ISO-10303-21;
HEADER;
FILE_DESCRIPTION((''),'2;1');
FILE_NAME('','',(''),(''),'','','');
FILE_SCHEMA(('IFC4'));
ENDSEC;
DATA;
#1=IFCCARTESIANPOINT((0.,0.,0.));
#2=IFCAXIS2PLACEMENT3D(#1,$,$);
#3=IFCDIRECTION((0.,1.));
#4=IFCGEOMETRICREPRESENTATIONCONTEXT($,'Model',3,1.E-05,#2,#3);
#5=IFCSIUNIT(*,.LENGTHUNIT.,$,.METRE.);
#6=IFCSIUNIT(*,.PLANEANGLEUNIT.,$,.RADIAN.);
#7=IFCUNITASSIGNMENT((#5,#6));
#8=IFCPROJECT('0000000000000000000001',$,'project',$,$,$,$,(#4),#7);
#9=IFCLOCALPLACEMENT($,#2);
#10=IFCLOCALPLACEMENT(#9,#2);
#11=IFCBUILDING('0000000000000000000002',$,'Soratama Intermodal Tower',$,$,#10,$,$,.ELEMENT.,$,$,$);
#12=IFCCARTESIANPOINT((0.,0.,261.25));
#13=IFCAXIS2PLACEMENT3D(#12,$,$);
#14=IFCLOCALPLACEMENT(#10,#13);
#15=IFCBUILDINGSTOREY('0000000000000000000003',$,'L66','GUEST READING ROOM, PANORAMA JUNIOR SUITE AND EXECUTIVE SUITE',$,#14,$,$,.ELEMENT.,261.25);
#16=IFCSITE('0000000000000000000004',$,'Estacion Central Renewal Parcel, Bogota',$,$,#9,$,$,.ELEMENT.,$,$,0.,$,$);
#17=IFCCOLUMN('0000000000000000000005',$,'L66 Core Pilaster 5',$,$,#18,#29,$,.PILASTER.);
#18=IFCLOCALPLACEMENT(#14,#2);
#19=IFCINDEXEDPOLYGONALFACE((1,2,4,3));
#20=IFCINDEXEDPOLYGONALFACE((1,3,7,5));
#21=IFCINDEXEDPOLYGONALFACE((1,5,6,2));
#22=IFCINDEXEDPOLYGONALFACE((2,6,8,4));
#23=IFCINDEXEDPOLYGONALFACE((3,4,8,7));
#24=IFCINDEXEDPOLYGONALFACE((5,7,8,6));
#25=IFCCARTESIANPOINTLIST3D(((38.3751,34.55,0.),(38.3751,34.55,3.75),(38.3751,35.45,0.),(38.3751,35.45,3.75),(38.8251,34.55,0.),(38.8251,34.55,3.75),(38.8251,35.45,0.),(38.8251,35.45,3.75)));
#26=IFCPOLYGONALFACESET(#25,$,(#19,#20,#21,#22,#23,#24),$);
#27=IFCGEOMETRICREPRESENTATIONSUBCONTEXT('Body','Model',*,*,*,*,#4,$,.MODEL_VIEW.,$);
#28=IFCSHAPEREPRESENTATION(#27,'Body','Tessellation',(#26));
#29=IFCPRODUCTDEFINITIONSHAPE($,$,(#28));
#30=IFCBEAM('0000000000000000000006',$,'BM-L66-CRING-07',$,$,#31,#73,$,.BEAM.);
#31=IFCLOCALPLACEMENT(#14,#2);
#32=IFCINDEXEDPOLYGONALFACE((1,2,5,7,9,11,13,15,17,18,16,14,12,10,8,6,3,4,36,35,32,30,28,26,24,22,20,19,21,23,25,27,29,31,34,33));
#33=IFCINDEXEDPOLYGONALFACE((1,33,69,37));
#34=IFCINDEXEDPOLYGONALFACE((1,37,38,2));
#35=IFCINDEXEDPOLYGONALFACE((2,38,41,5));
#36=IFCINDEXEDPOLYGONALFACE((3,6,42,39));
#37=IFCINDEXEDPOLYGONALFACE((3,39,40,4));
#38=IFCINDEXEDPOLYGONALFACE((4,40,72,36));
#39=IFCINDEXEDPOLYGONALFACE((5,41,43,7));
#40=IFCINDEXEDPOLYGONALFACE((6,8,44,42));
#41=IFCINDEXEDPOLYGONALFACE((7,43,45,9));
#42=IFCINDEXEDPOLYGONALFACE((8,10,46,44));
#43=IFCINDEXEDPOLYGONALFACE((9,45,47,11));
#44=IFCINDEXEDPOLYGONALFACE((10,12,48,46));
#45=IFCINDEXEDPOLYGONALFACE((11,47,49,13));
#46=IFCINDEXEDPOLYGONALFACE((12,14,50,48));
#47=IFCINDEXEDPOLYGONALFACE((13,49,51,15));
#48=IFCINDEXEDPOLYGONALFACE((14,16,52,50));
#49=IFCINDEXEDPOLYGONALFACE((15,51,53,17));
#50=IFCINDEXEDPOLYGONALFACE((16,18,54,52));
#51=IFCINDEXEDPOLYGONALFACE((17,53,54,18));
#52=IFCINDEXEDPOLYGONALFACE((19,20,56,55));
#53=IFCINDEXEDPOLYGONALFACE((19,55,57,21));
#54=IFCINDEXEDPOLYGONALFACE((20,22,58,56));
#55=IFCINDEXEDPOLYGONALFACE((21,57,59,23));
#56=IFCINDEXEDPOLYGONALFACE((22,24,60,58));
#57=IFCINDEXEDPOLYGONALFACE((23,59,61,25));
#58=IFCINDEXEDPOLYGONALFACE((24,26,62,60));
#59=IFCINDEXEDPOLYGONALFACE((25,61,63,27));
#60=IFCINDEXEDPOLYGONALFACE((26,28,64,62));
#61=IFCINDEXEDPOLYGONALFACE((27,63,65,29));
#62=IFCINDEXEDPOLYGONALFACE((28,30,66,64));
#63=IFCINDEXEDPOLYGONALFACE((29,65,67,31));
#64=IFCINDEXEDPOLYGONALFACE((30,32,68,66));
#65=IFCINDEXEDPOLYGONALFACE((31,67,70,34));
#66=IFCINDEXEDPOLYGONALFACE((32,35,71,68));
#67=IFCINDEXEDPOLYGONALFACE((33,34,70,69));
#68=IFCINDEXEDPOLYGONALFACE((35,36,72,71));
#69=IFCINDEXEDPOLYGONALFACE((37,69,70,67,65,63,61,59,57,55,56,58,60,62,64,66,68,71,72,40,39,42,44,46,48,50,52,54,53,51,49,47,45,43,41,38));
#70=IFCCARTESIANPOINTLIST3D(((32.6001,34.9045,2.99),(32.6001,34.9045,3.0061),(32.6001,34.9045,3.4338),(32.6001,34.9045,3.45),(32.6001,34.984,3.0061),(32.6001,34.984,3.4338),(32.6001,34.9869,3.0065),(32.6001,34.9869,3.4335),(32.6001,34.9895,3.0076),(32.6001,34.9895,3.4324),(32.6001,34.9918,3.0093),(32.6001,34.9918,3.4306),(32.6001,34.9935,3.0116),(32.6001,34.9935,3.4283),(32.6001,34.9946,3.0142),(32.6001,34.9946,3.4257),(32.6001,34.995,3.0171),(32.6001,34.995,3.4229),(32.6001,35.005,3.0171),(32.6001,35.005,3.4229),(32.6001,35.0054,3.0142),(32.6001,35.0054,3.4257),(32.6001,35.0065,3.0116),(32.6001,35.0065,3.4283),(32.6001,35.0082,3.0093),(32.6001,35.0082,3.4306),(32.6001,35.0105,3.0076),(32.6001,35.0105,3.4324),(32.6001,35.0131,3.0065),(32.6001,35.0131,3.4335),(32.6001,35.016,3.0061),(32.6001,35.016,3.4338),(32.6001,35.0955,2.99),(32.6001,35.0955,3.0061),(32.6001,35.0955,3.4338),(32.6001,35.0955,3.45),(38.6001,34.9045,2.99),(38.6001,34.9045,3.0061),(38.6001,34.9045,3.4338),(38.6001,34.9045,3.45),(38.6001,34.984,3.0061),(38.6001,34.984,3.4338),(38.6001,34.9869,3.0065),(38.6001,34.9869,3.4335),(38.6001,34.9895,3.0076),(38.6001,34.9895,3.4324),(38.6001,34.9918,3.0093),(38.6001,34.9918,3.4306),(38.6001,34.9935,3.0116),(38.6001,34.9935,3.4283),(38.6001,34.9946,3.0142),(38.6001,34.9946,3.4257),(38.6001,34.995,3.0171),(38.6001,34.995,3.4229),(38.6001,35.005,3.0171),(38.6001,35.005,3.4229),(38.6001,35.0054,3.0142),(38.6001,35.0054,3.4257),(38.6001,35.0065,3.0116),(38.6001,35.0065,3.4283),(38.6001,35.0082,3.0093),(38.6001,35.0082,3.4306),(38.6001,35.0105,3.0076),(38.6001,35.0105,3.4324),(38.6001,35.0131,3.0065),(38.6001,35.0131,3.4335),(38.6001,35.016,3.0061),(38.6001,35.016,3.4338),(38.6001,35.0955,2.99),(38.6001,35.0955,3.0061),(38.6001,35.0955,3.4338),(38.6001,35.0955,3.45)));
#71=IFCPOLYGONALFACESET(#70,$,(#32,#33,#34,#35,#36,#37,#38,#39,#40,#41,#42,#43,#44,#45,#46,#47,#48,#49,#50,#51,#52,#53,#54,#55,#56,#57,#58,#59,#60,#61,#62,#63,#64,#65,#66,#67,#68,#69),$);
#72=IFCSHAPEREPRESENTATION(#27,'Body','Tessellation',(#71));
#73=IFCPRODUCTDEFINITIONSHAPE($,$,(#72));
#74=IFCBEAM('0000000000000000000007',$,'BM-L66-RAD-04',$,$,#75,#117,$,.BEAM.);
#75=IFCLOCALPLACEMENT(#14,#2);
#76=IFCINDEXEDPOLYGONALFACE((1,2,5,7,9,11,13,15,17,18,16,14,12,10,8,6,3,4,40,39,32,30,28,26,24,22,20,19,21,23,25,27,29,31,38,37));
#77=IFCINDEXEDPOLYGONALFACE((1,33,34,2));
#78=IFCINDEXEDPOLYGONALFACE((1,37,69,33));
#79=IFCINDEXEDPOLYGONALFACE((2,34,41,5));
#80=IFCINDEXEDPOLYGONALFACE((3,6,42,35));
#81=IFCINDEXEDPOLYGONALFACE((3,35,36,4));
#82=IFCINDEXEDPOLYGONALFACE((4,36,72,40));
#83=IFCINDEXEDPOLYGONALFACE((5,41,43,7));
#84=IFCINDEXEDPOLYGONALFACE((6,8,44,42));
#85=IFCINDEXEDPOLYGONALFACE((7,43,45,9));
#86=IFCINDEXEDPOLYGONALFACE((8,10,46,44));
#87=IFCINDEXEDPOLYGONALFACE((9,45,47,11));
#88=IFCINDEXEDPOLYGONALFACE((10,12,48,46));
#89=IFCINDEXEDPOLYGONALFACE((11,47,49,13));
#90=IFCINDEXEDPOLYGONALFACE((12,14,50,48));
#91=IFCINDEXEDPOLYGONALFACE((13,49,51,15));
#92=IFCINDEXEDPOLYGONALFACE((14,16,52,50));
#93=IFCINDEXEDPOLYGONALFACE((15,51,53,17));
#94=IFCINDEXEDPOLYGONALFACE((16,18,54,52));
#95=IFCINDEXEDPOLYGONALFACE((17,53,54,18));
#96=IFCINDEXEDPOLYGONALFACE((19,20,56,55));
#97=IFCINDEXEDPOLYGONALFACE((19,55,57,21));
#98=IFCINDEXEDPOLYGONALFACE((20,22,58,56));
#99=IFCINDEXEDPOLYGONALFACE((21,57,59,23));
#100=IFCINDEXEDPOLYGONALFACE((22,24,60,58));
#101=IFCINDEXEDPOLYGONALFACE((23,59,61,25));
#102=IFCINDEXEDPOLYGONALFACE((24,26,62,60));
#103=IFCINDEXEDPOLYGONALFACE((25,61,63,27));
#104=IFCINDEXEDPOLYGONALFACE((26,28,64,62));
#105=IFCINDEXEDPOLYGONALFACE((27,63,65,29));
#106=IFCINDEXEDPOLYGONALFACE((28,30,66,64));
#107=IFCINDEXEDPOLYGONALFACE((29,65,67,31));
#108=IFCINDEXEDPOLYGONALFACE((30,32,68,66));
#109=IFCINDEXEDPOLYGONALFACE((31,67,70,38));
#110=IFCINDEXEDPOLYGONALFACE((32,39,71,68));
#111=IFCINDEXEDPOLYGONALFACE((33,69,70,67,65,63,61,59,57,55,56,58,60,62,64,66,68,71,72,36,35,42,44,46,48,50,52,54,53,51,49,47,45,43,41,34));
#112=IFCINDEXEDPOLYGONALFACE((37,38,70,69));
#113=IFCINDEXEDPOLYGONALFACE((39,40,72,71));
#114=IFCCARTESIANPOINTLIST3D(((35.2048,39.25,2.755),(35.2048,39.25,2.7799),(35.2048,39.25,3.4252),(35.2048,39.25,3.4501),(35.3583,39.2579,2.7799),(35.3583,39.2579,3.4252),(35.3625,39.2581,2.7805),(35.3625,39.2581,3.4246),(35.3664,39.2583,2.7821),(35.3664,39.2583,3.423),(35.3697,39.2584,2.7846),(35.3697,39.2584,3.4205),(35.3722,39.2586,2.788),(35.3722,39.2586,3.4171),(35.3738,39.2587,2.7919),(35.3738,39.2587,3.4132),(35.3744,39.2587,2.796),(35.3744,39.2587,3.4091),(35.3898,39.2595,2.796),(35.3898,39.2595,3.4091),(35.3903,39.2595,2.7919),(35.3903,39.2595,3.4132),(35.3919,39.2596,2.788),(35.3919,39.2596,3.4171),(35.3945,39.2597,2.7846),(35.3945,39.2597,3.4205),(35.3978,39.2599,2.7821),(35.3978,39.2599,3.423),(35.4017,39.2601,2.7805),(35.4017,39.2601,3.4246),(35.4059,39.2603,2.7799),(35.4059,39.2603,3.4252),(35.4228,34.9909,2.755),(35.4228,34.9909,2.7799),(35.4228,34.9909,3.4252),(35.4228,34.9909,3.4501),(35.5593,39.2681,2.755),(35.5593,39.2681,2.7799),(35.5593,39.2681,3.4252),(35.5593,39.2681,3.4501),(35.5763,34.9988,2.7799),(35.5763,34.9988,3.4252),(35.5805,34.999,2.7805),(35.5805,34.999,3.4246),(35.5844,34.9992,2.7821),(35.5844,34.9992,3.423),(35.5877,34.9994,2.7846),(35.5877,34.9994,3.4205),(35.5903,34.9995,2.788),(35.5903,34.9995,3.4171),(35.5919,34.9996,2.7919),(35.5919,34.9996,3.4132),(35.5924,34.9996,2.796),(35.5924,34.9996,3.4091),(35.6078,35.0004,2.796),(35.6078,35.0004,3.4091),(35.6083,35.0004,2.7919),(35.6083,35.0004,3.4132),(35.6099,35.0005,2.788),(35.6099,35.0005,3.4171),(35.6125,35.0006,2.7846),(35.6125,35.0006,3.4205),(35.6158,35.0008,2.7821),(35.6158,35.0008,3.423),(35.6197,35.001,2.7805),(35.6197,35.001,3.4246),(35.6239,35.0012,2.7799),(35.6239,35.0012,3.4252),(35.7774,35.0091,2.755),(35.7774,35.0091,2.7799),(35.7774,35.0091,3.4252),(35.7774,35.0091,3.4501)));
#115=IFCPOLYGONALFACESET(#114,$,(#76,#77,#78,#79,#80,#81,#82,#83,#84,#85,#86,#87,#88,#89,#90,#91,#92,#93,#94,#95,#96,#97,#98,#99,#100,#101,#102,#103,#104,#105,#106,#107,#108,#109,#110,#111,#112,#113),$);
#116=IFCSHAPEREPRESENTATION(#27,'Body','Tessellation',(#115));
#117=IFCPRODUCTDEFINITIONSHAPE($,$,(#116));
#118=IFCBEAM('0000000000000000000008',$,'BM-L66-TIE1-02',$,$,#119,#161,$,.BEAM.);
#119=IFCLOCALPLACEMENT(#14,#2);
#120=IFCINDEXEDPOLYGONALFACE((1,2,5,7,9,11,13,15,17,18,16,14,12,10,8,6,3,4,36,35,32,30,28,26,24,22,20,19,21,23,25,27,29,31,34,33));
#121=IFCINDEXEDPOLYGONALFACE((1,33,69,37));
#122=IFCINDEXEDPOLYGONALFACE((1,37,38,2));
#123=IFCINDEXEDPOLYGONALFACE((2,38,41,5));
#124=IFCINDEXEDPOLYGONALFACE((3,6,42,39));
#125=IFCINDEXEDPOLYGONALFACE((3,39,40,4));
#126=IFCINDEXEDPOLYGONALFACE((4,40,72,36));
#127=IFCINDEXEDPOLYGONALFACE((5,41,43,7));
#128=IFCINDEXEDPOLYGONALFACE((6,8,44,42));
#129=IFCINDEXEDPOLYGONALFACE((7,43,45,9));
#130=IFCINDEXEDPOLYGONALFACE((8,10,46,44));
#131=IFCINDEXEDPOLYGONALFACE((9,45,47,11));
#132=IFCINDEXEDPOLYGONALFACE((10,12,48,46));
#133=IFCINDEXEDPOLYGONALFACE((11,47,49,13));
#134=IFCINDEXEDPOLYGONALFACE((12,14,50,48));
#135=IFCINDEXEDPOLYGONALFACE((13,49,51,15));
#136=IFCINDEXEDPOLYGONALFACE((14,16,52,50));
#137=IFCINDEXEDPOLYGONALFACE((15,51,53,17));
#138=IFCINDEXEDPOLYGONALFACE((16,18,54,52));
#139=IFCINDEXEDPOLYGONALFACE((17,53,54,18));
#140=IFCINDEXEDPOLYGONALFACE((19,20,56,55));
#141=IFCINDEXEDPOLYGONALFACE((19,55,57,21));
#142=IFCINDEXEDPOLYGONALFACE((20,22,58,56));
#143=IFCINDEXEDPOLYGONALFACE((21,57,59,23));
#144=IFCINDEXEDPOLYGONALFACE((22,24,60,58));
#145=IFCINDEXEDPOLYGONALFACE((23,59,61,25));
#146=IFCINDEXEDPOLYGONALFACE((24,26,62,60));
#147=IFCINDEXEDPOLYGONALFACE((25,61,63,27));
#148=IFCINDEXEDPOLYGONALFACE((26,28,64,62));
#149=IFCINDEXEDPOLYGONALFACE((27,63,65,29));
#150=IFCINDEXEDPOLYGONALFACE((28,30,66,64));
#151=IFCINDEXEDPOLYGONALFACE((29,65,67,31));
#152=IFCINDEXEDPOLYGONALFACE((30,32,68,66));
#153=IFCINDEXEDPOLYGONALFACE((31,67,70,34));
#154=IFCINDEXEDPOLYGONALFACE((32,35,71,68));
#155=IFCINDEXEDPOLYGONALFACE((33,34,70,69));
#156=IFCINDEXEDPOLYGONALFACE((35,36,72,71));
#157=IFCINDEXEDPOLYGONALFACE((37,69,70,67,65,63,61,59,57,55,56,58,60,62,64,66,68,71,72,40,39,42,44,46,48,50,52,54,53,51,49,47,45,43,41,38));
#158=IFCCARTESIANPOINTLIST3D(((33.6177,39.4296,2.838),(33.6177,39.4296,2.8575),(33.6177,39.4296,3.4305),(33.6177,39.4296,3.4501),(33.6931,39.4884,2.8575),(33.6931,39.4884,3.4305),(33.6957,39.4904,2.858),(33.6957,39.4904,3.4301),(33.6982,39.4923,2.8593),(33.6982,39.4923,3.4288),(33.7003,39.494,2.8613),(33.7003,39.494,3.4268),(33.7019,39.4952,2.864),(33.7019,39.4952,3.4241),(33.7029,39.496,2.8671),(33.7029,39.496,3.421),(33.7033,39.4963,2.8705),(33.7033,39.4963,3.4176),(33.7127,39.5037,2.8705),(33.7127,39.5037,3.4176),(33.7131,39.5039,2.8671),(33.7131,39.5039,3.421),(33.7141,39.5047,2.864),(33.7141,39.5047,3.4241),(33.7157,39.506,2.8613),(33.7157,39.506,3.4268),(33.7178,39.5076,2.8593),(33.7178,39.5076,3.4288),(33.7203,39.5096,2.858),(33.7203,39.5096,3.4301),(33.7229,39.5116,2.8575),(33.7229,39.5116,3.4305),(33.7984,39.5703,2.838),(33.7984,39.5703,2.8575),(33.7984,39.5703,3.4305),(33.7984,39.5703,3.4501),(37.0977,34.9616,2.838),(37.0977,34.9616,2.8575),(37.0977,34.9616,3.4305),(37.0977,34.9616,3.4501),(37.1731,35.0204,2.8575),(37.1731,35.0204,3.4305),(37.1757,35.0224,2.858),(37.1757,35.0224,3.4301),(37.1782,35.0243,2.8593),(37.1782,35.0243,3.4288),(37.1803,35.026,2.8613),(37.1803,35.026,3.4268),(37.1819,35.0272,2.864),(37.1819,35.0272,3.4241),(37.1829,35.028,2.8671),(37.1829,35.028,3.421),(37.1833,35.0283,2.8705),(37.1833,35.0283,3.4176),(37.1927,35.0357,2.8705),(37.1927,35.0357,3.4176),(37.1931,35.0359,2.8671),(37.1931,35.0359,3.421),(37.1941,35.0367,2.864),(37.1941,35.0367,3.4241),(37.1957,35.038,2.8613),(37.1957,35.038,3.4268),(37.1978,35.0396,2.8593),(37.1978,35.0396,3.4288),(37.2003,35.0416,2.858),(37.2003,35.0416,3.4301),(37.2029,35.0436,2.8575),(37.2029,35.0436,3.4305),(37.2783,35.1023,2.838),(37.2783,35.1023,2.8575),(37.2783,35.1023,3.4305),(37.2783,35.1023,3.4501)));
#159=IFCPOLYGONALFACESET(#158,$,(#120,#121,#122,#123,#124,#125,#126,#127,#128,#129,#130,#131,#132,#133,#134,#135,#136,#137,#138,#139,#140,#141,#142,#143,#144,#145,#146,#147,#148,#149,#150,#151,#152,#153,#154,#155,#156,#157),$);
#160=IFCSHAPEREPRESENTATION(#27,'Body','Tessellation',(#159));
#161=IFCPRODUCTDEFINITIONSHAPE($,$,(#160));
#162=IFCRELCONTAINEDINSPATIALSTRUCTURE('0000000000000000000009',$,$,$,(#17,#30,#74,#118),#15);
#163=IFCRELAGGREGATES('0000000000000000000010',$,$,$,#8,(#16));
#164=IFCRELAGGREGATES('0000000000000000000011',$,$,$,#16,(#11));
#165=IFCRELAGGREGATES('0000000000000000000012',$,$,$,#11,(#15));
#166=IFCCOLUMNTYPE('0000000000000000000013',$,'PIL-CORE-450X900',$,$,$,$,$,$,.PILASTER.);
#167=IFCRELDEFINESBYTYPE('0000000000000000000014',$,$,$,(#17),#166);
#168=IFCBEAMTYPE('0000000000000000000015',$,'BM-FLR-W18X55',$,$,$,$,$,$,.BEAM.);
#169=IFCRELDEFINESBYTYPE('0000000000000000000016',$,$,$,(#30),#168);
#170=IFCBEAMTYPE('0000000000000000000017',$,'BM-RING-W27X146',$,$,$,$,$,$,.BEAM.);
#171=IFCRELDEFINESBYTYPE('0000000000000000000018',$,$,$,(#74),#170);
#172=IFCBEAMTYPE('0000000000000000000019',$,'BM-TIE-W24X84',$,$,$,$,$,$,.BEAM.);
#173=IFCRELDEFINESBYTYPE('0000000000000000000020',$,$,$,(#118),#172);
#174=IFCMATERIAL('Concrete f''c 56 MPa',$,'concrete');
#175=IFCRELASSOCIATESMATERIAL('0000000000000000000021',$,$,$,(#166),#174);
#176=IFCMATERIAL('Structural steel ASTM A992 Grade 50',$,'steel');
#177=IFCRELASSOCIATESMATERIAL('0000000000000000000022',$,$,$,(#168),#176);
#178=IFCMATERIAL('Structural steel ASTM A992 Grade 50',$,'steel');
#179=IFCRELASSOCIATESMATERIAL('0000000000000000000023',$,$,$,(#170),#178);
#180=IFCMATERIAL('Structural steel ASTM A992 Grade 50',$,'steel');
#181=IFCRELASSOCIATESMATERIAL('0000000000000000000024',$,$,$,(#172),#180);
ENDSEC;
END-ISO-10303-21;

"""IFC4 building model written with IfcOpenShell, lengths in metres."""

from ifc_helpers import new_model, si_unit, direction, frame, origin, origin_2d, place, context, subcontext, project, spatial, rectangle, i_section, extrude, material, material_profile, profile_set, type_object, element, save


model = new_model("IFC4")

# Units and contexts
model_context = context("Model", 3, precision=1e-05, world=origin(), true_north=direction((0.0, 1.0)))
body_context = subcontext(model_context, "Body", "Model", "MODEL_VIEW")
ifc_project = project(units=[si_unit("LENGTHUNIT", "METRE"), si_unit("PLANEANGLEUNIT", "RADIAN")], contexts=[model_context])

# Site, building, storey
site_placement = place(None, origin())
site = spatial("IfcSite", under=ifc_project, at=site_placement, Name="Estacion Central Renewal Parcel, Bogota", CompositionType="ELEMENT", RefElevation=0.0)
building_placement = place(site_placement, origin())
building = spatial("IfcBuilding", under=site, at=building_placement, Name="Soratama Intermodal Tower", CompositionType="ELEMENT")
storey_placement = place(building_placement, frame((0.0, 0.0, 261.25)))
storey = spatial("IfcBuildingStorey", under=building, at=storey_placement, Name="L66", Description="GUEST READING ROOM, PANORAMA JUNIOR SUITE AND EXECUTIVE SUITE", CompositionType="ELEMENT", Elevation=261.25)

# Column
ifc_material_1 = material(Name="Concrete f'c 56 MPa", Category="concrete")
ifc_material_profile_1 = material_profile(ifc_material_1, rectangle(XDim=0.45, YDim=0.8999, at=origin_2d()), Name="RC450X900")
ifc_profile_set_1 = profile_set([ifc_material_profile_1], Name="Concrete f'c 56 MPa")
column_type = type_object("IfcColumnType", Name="PIL-CORE-450X900", PredefinedType="PILASTER", material=ifc_profile_set_1)
column_placement = place(storey_placement, frame((38.6001, 35.0, 0.0), z_axis=(0.0, 0.0, 1.0), x_axis=(1.0, 0.0, 0.0)))
element("IfcColumn", 1, at=column_placement, inside=storey, type_object=column_type, Name="L66 Core Pilaster 5", PredefinedType="PILASTER", context=body_context, shape_type="SweptSolid", body=[
    extrude(rectangle(XDim=0.45, YDim=0.8999, at=origin_2d()), origin(), (0.0, 0.0, 1.0), 3.75),
])

# Beams
ifc_material_2 = material(Name="Structural steel ASTM A992 Grade 50", Category="steel")
ifc_material_profile_2 = material_profile(ifc_material_2, i_section(OverallWidth=0.1909, OverallDepth=0.46, WebThickness=0.01, FlangeThickness=0.0161, FilletRadius=0.011, at=origin_2d()), Name="W18X55")
ifc_profile_set_2 = profile_set([ifc_material_profile_2], Name="Structural steel ASTM A992 Grade 50")
beam_type_1 = type_object("IfcBeamType", Name="BM-FLR-W18X55", PredefinedType="BEAM", material=ifc_profile_set_2)
beam_1_placement = place(storey_placement, frame((38.6001, 35.0, 3.22), z_axis=(-1.0, 0.0, 0.0), x_axis=(0.0, -1.0, 0.0)))
element("IfcBeam", 2, at=beam_1_placement, inside=storey, type_object=beam_type_1, Name="BM-L66-CRING-07", PredefinedType="BEAM", context=body_context, shape_type="SweptSolid", body=[
    extrude(i_section(OverallWidth=0.1909, OverallDepth=0.46, WebThickness=0.01, FlangeThickness=0.0161, FilletRadius=0.011, at=origin_2d()), origin(), (0.0, 0.0, 1.0), 6.0),
])
ifc_material_3 = material(Name="Structural steel ASTM A992 Grade 50", Category="steel")
ifc_material_profile_3 = material_profile(ifc_material_3, i_section(OverallWidth=0.355, OverallDepth=0.6951, WebThickness=0.0154, FlangeThickness=0.0249, FilletRadius=0.0161, at=origin_2d()), Name="W27X146")
ifc_profile_set_3 = profile_set([ifc_material_profile_3], Name="Structural steel ASTM A992 Grade 50")
beam_type_2 = type_object("IfcBeamType", Name="BM-RING-W27X146", PredefinedType="BEAM", material=ifc_profile_set_3)
beam_2_placement = place(storey_placement, frame((35.6001, 35.0, 3.1025), z_axis=(-0.051123, 0.998692, 0.0), x_axis=(-0.998692, -0.051123, 0.0)))
element("IfcBeam", 3, at=beam_2_placement, inside=storey, type_object=beam_type_2, Name="BM-L66-RAD-04", PredefinedType="BEAM", context=body_context, shape_type="SweptSolid", body=[
    extrude(i_section(OverallWidth=0.355, OverallDepth=0.6951, WebThickness=0.0154, FlangeThickness=0.0249, FilletRadius=0.0161, at=origin_2d()), origin(), (0.0, 0.0, 1.0), 4.2646),
])
ifc_material_4 = material(Name="Structural steel ASTM A992 Grade 50", Category="steel")
ifc_material_profile_4 = material_profile(ifc_material_4, i_section(OverallWidth=0.229, OverallDepth=0.6121, WebThickness=0.012, FlangeThickness=0.0195, FilletRadius=0.0129, at=origin_2d()), Name="W24X84")
ifc_profile_set_4 = profile_set([ifc_material_profile_4], Name="Structural steel ASTM A992 Grade 50")
beam_type_3 = type_object("IfcBeamType", Name="BM-TIE-W24X84", PredefinedType="BEAM", material=ifc_profile_set_4)
beam_3_placement = place(storey_placement, frame((37.188, 35.032, 3.144), z_axis=(-0.614475, 0.788937, 0.0), x_axis=(-0.788937, -0.614475, 0.0)))
element("IfcBeam", 4, at=beam_3_placement, inside=storey, type_object=beam_type_3, Name="BM-L66-TIE1-02", PredefinedType="BEAM", context=body_context, shape_type="SweptSolid", body=[
    extrude(i_section(OverallWidth=0.229, OverallDepth=0.6121, WebThickness=0.012, FlangeThickness=0.0195, FilletRadius=0.0129, at=origin_2d()), origin(), (0.0, 0.0, 1.0), 5.6633),
])

save(model, "model.ifc")
